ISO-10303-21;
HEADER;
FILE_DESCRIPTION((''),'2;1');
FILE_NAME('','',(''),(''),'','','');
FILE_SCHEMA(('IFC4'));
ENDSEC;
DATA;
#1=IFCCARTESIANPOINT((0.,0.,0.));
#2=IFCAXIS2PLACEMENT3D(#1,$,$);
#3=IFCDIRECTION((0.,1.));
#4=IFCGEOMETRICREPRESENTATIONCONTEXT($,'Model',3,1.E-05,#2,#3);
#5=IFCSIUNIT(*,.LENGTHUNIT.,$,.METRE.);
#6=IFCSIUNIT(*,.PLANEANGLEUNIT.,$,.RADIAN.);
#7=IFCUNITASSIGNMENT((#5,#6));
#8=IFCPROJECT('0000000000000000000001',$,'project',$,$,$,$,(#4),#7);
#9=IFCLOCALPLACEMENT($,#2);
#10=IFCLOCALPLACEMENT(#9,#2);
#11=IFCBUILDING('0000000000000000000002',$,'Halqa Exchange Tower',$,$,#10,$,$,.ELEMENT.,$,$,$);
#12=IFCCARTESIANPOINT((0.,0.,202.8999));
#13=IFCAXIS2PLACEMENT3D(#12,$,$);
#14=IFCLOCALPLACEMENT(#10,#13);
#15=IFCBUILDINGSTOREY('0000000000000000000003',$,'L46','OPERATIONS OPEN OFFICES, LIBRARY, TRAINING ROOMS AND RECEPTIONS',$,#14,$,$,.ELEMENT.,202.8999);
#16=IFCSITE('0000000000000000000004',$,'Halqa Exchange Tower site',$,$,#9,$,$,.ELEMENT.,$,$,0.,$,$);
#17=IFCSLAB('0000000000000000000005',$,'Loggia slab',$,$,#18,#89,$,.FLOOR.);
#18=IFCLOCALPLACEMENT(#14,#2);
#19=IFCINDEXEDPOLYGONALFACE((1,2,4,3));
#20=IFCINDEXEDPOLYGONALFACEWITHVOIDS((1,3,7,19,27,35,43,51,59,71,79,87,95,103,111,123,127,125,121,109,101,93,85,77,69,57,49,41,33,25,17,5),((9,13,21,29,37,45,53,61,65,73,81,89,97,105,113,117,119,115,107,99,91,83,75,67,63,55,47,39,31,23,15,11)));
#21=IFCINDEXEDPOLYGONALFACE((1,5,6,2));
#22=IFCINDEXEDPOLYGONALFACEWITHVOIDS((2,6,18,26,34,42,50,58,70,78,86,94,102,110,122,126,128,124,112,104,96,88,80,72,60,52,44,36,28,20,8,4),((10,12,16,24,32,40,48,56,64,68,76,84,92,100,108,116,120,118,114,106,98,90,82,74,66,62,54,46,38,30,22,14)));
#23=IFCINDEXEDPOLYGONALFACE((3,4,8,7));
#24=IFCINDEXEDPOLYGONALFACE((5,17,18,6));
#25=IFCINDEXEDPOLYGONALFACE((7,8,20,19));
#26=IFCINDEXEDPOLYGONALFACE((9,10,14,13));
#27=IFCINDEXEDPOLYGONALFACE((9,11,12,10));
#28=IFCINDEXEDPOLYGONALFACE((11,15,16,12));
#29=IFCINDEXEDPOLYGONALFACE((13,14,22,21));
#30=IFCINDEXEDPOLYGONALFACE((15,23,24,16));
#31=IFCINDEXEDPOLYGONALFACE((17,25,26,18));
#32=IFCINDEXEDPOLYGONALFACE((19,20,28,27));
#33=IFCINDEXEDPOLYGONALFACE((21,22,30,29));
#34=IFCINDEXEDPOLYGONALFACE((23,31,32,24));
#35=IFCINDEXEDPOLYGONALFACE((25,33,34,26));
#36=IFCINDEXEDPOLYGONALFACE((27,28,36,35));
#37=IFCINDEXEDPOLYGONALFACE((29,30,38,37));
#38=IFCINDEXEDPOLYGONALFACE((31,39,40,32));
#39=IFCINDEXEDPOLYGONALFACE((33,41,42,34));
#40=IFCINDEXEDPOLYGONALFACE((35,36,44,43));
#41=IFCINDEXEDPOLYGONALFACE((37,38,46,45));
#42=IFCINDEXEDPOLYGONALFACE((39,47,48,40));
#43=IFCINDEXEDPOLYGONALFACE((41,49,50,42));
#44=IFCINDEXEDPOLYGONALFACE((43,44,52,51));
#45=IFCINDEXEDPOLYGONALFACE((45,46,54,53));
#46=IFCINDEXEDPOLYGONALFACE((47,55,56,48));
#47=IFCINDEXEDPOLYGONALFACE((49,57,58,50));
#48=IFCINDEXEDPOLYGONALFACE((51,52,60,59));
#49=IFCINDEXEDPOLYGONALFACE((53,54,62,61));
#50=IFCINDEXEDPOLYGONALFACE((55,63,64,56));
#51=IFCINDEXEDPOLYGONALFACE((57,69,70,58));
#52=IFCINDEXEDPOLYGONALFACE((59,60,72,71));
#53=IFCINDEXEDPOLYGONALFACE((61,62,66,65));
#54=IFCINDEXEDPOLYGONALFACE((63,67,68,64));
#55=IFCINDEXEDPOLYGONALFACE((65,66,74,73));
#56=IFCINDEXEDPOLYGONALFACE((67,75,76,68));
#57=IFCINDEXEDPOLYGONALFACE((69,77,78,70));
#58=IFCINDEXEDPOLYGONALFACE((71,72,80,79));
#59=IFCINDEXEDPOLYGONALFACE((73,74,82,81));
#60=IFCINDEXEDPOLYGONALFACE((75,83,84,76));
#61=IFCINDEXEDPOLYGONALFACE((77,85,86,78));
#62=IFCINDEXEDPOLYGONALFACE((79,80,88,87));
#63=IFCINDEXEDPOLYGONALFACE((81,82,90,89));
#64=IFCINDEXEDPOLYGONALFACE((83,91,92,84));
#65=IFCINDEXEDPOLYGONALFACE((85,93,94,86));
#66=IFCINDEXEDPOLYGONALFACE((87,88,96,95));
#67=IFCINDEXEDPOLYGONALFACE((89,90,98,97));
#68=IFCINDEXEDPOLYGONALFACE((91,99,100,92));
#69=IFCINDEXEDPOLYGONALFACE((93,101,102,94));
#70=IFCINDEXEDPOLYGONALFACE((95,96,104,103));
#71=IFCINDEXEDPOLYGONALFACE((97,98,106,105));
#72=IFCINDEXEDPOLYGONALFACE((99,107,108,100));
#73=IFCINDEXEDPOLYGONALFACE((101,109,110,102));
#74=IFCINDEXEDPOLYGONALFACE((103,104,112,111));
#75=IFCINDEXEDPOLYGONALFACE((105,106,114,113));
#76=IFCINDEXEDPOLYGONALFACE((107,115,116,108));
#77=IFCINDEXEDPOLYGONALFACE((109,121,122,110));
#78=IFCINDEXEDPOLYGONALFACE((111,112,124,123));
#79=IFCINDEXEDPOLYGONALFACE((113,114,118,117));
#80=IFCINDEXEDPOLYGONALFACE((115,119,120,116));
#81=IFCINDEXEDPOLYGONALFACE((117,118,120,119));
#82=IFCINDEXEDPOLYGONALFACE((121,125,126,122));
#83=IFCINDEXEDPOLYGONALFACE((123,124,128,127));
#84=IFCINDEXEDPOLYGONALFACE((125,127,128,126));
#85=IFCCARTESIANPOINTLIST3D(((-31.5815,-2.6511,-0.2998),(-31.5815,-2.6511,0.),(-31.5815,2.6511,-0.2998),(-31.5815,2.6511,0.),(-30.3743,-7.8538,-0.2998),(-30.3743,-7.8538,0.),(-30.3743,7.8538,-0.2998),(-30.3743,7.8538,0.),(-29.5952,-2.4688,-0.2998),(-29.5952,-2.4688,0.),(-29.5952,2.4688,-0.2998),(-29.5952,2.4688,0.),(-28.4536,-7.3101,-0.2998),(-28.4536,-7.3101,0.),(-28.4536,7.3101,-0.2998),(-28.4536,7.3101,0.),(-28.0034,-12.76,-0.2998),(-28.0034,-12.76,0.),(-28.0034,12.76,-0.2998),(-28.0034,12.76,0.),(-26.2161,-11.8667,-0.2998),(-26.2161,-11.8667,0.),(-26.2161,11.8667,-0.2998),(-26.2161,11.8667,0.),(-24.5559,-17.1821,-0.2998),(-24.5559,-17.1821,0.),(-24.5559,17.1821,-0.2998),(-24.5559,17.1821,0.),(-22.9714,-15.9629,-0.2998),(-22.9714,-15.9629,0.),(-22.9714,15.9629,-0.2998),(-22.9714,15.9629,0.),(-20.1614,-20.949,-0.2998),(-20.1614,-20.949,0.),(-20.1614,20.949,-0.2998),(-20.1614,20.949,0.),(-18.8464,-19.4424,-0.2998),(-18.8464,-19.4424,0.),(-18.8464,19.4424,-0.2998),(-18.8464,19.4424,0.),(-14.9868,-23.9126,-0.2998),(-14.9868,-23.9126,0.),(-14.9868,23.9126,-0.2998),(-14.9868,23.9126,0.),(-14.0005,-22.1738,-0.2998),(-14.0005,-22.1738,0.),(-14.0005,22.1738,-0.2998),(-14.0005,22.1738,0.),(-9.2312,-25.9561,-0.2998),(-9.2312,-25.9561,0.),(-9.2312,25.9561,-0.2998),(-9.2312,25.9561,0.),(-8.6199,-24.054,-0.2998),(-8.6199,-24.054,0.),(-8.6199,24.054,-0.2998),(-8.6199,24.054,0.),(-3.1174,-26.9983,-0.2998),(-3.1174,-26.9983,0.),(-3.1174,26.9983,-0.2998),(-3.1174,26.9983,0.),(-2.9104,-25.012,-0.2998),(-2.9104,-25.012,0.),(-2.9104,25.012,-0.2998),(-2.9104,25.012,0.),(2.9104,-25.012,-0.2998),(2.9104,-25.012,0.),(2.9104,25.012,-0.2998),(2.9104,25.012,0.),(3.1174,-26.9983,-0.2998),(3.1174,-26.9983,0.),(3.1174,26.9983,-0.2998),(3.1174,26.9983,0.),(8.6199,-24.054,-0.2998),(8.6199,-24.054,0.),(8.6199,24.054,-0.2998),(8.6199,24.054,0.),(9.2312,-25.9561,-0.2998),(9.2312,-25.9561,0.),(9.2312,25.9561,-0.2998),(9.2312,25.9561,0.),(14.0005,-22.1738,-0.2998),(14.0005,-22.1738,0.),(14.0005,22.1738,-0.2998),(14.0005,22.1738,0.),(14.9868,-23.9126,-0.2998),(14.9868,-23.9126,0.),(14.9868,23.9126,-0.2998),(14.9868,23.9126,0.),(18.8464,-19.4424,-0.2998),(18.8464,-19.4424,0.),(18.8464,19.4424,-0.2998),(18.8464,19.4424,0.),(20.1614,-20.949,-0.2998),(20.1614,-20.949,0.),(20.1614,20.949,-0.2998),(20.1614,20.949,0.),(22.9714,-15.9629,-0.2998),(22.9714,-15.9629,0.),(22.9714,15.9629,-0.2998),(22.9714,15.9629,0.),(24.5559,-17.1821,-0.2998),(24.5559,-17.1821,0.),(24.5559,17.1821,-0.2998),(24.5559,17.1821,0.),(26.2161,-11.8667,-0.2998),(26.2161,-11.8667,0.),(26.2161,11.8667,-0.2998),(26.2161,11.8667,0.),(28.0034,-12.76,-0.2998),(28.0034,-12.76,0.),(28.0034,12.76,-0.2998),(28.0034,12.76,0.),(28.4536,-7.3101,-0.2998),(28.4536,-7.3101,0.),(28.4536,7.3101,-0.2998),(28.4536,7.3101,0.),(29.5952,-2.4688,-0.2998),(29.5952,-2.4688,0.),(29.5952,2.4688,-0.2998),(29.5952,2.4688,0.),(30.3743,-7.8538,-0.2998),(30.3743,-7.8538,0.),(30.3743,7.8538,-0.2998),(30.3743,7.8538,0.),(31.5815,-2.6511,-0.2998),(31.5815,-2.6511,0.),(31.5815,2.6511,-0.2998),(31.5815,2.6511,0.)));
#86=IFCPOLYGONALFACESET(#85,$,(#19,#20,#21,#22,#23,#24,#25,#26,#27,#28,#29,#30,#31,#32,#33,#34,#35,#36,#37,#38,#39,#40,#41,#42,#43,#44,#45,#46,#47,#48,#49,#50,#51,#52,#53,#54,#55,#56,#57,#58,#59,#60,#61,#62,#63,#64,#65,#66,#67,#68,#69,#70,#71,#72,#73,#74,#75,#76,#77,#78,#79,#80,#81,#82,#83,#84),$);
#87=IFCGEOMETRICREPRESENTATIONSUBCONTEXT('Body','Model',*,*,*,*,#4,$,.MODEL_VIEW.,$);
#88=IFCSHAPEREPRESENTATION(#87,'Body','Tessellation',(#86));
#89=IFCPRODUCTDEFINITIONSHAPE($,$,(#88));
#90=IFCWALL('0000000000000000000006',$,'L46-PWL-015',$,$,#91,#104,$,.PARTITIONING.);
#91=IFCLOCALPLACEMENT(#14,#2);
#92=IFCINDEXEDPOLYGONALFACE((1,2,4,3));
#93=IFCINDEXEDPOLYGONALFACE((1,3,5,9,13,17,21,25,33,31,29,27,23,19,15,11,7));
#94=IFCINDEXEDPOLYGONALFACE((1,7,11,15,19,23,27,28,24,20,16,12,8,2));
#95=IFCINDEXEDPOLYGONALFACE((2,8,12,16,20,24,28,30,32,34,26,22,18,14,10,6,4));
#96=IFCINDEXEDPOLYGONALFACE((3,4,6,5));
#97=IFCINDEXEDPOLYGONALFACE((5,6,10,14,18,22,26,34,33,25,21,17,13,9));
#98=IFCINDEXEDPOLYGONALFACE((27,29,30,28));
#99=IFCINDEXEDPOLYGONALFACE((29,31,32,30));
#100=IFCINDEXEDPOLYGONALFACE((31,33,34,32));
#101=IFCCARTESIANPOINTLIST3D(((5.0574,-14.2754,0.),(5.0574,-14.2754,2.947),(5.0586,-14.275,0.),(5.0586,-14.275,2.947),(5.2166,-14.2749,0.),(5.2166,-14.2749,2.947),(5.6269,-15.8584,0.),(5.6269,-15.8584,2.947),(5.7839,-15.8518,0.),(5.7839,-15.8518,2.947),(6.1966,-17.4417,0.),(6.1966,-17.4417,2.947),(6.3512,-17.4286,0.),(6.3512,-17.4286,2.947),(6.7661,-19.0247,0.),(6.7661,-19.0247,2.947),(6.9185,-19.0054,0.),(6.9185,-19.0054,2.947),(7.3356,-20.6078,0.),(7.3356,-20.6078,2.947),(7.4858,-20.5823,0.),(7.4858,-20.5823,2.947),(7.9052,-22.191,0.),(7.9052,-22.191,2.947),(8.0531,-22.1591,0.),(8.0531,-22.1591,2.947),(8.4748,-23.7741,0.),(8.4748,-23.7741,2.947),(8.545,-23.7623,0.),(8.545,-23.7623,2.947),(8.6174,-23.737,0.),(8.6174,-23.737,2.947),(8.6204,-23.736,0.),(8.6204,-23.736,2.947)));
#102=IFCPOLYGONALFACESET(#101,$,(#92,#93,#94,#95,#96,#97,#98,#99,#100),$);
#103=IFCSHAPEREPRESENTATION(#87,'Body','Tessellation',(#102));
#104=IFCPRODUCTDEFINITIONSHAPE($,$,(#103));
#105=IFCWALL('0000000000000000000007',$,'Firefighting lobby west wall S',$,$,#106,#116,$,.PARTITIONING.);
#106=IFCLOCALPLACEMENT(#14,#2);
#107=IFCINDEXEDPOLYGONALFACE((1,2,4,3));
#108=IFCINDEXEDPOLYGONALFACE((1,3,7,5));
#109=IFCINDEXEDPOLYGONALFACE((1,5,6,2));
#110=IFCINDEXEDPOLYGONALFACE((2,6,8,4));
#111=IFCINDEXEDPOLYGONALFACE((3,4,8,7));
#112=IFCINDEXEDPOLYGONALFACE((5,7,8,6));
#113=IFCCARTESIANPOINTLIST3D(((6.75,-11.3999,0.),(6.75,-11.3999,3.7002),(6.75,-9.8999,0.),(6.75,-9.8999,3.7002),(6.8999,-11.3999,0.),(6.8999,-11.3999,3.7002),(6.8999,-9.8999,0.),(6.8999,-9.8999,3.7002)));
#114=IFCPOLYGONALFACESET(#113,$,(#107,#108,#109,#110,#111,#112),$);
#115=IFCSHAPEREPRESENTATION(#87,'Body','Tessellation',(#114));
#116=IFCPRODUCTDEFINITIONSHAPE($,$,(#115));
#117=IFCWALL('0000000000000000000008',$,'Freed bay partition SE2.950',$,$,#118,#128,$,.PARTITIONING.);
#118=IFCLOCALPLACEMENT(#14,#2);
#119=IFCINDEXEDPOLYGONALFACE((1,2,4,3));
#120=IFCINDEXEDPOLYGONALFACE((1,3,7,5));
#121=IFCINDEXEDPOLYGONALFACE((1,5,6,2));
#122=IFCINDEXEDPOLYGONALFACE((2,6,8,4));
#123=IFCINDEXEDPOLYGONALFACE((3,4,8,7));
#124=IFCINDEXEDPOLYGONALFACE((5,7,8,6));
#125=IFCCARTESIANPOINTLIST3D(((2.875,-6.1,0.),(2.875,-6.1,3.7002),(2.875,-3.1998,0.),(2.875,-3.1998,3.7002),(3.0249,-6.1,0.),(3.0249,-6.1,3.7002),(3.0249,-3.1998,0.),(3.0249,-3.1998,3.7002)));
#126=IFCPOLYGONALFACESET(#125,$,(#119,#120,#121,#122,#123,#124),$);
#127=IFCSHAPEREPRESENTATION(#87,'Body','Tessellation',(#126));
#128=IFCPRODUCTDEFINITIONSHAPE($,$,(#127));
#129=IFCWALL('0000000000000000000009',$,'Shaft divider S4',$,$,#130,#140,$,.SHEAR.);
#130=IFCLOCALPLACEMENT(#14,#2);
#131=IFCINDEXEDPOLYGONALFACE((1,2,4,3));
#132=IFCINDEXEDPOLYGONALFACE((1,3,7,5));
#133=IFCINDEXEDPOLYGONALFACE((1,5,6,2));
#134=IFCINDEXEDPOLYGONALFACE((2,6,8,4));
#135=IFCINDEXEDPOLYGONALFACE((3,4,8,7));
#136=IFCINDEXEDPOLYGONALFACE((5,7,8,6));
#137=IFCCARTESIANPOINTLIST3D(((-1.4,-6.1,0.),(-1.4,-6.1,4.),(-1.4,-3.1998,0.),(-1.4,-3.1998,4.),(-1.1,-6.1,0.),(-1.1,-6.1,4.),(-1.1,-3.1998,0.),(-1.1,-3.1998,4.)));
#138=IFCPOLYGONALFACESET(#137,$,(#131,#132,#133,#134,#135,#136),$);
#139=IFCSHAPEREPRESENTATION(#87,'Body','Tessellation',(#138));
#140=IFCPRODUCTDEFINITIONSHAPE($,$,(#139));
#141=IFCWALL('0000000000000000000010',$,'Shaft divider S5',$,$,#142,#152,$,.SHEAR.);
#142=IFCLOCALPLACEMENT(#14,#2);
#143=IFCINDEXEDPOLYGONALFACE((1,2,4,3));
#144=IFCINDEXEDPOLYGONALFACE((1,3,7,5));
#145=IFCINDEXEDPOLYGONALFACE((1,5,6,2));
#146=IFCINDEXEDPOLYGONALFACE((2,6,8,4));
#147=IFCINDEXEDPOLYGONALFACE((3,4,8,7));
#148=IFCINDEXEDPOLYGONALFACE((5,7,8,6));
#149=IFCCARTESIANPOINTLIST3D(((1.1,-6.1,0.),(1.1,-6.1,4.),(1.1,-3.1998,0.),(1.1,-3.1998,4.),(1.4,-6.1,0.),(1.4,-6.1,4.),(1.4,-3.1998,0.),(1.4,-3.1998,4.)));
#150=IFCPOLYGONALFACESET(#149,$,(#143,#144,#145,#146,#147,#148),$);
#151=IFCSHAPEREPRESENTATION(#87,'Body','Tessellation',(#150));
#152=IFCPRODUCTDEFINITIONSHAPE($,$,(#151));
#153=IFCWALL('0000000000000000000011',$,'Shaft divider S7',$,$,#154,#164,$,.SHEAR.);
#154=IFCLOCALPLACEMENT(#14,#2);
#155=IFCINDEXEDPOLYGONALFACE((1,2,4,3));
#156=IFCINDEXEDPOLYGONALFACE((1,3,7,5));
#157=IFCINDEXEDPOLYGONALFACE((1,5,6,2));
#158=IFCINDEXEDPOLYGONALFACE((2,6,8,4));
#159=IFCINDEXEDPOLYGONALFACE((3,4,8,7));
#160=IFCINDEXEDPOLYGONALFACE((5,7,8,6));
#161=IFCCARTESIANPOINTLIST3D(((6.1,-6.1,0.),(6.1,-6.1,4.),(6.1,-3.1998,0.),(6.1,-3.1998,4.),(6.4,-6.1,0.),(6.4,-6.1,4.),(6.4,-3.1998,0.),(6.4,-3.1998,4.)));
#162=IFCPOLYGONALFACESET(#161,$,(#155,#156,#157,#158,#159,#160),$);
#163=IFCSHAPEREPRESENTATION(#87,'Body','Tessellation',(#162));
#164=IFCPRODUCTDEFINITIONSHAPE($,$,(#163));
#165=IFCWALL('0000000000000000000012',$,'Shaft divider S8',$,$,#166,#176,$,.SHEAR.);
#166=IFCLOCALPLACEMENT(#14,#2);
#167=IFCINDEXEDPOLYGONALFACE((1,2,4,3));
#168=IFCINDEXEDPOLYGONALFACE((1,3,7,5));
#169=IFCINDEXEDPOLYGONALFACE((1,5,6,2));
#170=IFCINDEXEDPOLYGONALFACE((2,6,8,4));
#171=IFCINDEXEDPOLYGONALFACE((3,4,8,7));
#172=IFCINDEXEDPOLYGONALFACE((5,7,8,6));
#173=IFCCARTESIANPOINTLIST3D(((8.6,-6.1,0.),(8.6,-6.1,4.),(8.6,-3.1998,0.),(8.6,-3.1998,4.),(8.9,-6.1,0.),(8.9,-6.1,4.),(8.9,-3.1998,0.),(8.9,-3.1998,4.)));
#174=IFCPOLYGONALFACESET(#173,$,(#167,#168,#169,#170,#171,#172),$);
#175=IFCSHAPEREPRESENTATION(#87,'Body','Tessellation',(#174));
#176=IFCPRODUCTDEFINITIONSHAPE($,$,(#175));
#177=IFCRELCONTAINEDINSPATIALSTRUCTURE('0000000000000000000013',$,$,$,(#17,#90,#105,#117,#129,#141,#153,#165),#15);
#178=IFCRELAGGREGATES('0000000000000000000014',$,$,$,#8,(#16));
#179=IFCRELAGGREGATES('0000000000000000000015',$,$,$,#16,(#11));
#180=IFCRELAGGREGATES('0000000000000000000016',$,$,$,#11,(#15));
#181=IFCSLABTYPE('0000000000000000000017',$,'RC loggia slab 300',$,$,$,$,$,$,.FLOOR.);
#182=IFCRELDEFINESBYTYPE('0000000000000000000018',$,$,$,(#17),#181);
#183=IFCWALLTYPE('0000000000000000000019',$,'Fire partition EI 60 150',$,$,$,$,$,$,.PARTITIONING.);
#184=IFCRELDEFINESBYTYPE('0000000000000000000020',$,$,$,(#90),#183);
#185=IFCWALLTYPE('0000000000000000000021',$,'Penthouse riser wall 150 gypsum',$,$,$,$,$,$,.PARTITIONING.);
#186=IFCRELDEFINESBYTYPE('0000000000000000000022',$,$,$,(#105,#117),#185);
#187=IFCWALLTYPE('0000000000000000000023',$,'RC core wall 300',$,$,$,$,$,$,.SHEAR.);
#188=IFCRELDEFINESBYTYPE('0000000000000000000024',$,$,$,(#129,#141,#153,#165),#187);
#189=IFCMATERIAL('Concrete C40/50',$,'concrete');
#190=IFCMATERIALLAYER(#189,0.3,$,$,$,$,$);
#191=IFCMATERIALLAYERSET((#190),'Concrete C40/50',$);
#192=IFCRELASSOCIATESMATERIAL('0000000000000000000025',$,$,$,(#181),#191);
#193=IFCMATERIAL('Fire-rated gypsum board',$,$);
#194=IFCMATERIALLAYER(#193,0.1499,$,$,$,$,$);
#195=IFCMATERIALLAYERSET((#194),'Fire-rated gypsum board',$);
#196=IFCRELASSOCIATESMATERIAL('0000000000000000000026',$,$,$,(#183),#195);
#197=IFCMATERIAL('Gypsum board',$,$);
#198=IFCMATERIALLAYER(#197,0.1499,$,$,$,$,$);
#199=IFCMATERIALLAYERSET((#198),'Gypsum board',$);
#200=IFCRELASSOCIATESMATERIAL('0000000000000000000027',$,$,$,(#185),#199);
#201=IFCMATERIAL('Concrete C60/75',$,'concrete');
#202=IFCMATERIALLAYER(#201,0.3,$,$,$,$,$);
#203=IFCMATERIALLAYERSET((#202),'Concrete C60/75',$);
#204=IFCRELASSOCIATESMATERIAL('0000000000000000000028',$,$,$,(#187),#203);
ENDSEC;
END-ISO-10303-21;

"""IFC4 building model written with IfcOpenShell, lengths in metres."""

from ifc_helpers import new_model, si_unit, direction, frame, frame_2d, origin, place, context, subcontext, project, spatial, polyline, rectangle, outline, extrude, material, layer, layer_set, type_object, element, save


model = new_model("IFC4")

# Units and contexts
model_context = context("Model", 3, precision=1e-05, world=origin(), true_north=direction((0.0, 1.0)))
body_context = subcontext(model_context, "Body", "Model", "MODEL_VIEW")
ifc_project = project(units=[si_unit("LENGTHUNIT", "METRE"), si_unit("PLANEANGLEUNIT", "RADIAN")], contexts=[model_context])

# Site, building, storey
site_placement = place(None, origin())
site = spatial("IfcSite", under=ifc_project, at=site_placement, Name="Halqa Exchange Tower site", CompositionType="ELEMENT", RefElevation=0.0)
building_placement = place(site_placement, origin())
building = spatial("IfcBuilding", under=site, at=building_placement, Name="Halqa Exchange Tower", CompositionType="ELEMENT")
storey_placement = place(building_placement, frame((0.0, 0.0, 202.8999)))
storey = spatial("IfcBuildingStorey", under=building, at=storey_placement, Name="L46", Description="OPERATIONS OPEN OFFICES, LIBRARY, TRAINING ROOMS AND RECEPTIONS", CompositionType="ELEMENT", Elevation=202.8999)

# Shared definitions
ifc_material_1 = material(Name="Concrete C60/75", Category="concrete")

# Slab
ifc_material_2 = material(Name="Concrete C40/50", Category="concrete")
ifc_layer_1 = layer(ifc_material_2, 0.3)
ifc_layer_set_1 = layer_set([ifc_layer_1], Name="Concrete C40/50")
slab_type_1 = type_object("IfcSlabType", Name="RC loggia slab 300", PredefinedType="FLOOR", material=ifc_layer_set_1)
slab_1_placement = place(storey_placement, frame((0.0, 0.0, -0.2998)))
element("IfcSlab", 1, at=slab_1_placement, inside=storey, type_object=slab_type_1, Name="Loggia slab", PredefinedType="FLOOR", context=body_context, shape_type="SweptSolid", body=[
    extrude(outline(polyline([(31.5815, 2.6511), (31.5815, -2.6511), (30.3743, -7.8538), (28.0034, -12.76), (24.5559, -17.1821), (20.1614, -20.949), (14.9868, -23.9126), (9.2312, -25.9561), (3.1174, -26.9983), (-3.1174, -26.9983), (-9.2312, -25.9561), (-14.9868, -23.9126), (-20.1614, -20.949), (-24.5559, -17.1821), (-28.0034, -12.76), (-30.3743, -7.8538), (-31.5815, -2.6511), (-31.5815, 2.6511), (-30.3743, 7.8538), (-28.0034, 12.76), (-24.5559, 17.1821), (-20.1614, 20.949), (-14.9868, 23.9126), (-9.2312, 25.9561), (-3.1174, 26.9983), (3.1174, 26.9983), (9.2312, 25.9561), (14.9868, 23.9126), (20.1614, 20.949), (24.5559, 17.1821), (28.0034, 12.76), (30.3743, 7.8538), (31.5815, 2.6511)]), holes=[polyline([(29.5952, 2.4688), (28.4536, 7.3101), (26.2161, 11.8667), (22.9714, 15.9629), (18.8464, 19.4424), (14.0005, 22.1738), (8.6199, 24.054), (2.9104, 25.012), (-2.9104, 25.012), (-8.6199, 24.054), (-14.0005, 22.1738), (-18.8464, 19.4424), (-22.9714, 15.9629), (-26.2161, 11.8667), (-28.4536, 7.3101), (-29.5952, 2.4688), (-29.5952, -2.4688), (-28.4536, -7.3101), (-26.2161, -11.8667), (-22.9714, -15.9629), (-18.8464, -19.4424), (-14.0005, -22.1738), (-8.6199, -24.054), (-2.9104, -25.012), (2.9104, -25.012), (8.6199, -24.054), (14.0005, -22.1738), (18.8464, -19.4424), (22.9714, -15.9629), (26.2161, -11.8667), (28.4536, -7.3101), (29.5952, -2.4688), (29.5952, 2.4688)])]), origin(), (0.0, 0.0, 1.0), 0.2998),
])

# Walls
ifc_material_3 = material(Name="Fire-rated gypsum board")
ifc_layer_2 = layer(ifc_material_3, 0.1499)
ifc_layer_set_2 = layer_set([ifc_layer_2], Name="Fire-rated gypsum board")
wall_type_1 = type_object("IfcWallType", Name="Fire partition EI 60 150", PredefinedType="PARTITIONING", material=ifc_layer_set_2)
wall_1_placement = place(storey_placement, frame((5.1279, -14.25, 0.0), z_axis=(0.0, 0.0, 1.0), x_axis=(0.33853, -0.940956, 0.0)))
element("IfcWall", 2, at=wall_1_placement, inside=storey, type_object=wall_type_1, Name="L46-PWL-015", PredefinedType="PARTITIONING", context=body_context, shape_type="SweptSolid", body=[
    extrude(outline(polyline([(0.0, -0.075), (1.6824, -0.075), (3.365, -0.075), (5.0474, -0.075), (6.7297, -0.075), (8.4124, -0.075), (10.0947, -0.075), (10.1074, -0.0049), (10.1082, 0.0718), (10.1082, 0.075), (8.4324, 0.075), (6.7566, 0.075), (5.0808, 0.075), (3.405, 0.075), (1.7292, 0.075), (0.0535, 0.075), (0.0, -0.0737), (0.0, -0.075)])), origin(), (0.0, 0.0, 1.0), 2.947),
])
ifc_material_4 = material(Name="Gypsum board")
ifc_layer_3 = layer(ifc_material_4, 0.1499)
ifc_layer_set_3 = layer_set([ifc_layer_3], Name="Gypsum board")
wall_type_2 = type_object("IfcWallType", Name="Penthouse riser wall 150 gypsum", PredefinedType="PARTITIONING", material=ifc_layer_set_3)
wall_2_placement = place(storey_placement, frame((6.825, -11.3999, 0.0), z_axis=(0.0, 0.0, 1.0), x_axis=(0.0, 1.0, 0.0)))
element("IfcWall", 3, at=wall_2_placement, inside=storey, type_object=wall_type_2, Name="Firefighting lobby west wall S", PredefinedType="PARTITIONING", context=body_context, shape_type="SweptSolid", body=[
    extrude(rectangle(XDim=1.5, YDim=0.1499, at=frame_2d((0.75, 0.0))), origin(), (0.0, 0.0, 1.0), 3.7002),
])
wall_3_placement = place(storey_placement, frame((2.95, -6.1001, 0.0), z_axis=(0.0, 0.0, 1.0), x_axis=(0.0, 1.0, 0.0)))
element("IfcWall", 4, at=wall_3_placement, inside=storey, type_object=wall_type_2, Name="Freed bay partition SE2.950", PredefinedType="PARTITIONING", context=body_context, shape_type="SweptSolid", body=[
    extrude(rectangle(XDim=2.9001, YDim=0.1499, at=frame_2d((1.4502, 0.0))), origin(), (0.0, 0.0, 1.0), 3.7002),
])
ifc_layer_4 = layer(ifc_material_1, 0.3)
ifc_layer_set_4 = layer_set([ifc_layer_4], Name="Concrete C60/75")
wall_type_3 = type_object("IfcWallType", Name="RC core wall 300", PredefinedType="SHEAR", material=ifc_layer_set_4)
for number, where, z_axis, x_axis, name in (
    (5, (-1.25, -6.1001, 0.0), (0.0, 0.0, 1.0), (0.0, 1.0, 0.0), "Shaft divider S4"),
    (6, (1.25, -6.1001, 0.0), (0.0, 0.0, 1.0), (0.0, 1.0, 0.0), "Shaft divider S5"),
    (7, (6.25, -6.1001, 0.0), (0.0, 0.0, 1.0), (0.0, 1.0, 0.0), "Shaft divider S7"),
    (8, (8.75, -6.1001, 0.0), (0.0, 0.0, 1.0), (0.0, 1.0, 0.0), "Shaft divider S8"),
):
    element("IfcWall", number, at=place(storey_placement, frame(where, z_axis=z_axis, x_axis=x_axis)), inside=storey, type_object=wall_type_3, Name=name, PredefinedType="SHEAR", context=body_context, shape_type="SweptSolid", body=[
        extrude(rectangle(XDim=2.9001, YDim=0.3, at=frame_2d((1.4502, 0.0))), origin(), (0.0, 0.0, 1.0), 4.0),
    ])

save(model, "model.ifc")
